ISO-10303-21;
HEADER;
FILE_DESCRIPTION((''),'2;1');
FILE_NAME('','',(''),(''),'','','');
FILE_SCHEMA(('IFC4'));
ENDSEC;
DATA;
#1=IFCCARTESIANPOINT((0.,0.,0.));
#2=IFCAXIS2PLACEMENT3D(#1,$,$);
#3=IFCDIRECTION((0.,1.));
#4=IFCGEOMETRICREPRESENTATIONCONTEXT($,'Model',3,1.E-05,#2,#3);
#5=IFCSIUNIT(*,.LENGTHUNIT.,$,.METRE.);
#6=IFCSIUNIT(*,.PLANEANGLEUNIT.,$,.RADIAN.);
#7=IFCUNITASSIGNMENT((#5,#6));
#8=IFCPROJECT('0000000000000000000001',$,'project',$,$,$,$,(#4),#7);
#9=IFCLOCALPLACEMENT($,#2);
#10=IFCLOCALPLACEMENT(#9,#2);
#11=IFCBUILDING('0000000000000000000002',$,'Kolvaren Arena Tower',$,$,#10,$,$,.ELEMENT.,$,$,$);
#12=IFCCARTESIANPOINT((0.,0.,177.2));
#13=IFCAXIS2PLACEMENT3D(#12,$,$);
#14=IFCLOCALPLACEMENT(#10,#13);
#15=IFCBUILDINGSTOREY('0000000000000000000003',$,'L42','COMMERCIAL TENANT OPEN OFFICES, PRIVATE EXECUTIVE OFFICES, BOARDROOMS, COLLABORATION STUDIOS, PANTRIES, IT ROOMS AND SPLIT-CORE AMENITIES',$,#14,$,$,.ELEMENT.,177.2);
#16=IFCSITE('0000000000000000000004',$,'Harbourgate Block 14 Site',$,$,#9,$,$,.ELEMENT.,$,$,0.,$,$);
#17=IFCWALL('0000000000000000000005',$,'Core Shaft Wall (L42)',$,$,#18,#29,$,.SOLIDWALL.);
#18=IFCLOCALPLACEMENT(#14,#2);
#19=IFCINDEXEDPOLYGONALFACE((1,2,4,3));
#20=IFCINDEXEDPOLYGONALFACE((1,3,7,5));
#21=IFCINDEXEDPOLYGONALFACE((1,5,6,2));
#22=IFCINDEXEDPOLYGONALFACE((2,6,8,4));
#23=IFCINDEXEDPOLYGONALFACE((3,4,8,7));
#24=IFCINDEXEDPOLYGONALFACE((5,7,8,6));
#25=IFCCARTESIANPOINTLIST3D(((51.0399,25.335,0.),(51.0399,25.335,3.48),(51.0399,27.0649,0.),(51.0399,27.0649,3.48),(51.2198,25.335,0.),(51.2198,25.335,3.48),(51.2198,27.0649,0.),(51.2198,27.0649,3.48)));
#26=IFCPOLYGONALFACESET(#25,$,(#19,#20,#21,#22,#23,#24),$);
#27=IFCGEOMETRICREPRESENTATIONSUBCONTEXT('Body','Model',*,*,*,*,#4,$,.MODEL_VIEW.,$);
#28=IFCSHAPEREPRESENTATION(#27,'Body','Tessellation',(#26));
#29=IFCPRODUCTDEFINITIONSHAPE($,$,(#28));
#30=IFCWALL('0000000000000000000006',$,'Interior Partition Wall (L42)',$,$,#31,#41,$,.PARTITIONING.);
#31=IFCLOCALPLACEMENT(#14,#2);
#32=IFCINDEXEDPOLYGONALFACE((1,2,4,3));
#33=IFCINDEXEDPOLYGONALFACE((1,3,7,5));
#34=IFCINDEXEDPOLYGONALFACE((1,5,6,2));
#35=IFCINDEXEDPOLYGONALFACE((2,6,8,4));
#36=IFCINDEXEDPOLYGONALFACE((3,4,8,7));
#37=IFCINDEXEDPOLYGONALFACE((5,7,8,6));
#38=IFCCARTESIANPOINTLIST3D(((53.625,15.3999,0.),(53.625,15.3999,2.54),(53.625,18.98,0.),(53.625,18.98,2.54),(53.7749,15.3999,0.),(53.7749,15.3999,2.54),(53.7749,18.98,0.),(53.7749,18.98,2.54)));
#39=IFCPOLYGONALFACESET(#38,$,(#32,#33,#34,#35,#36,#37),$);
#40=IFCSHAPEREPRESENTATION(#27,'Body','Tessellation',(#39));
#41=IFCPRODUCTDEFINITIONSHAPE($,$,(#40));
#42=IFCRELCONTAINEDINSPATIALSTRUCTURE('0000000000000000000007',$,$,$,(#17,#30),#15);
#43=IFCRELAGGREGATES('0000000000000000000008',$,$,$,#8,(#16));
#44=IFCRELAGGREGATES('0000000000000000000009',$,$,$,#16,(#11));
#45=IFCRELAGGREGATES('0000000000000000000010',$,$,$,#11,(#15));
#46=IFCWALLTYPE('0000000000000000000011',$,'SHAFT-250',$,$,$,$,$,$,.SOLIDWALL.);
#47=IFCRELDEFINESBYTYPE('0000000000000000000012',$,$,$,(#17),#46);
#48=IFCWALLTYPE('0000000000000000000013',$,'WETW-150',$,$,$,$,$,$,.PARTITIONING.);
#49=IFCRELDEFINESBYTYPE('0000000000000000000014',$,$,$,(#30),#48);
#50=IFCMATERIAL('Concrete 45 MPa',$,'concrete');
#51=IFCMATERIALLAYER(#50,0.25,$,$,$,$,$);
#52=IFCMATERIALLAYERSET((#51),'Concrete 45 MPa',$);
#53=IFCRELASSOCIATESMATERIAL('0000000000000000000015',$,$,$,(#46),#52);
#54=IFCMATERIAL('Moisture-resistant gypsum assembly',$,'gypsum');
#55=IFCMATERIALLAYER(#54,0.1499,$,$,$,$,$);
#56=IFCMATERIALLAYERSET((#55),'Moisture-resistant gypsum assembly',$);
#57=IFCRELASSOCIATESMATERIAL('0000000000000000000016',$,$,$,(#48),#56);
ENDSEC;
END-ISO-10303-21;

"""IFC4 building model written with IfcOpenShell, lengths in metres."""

from ifc_helpers import new_model, si_unit, direction, frame, frame_2d, origin, place, context, subcontext, project, spatial, rectangle, extrude, material, layer, layer_set, type_object, element, save


model = new_model("IFC4")

# Units and contexts
model_context = context("Model", 3, precision=1e-05, world=origin(), true_north=direction((0.0, 1.0)))
body_context = subcontext(model_context, "Body", "Model", "MODEL_VIEW")
ifc_project = project(units=[si_unit("LENGTHUNIT", "METRE"), si_unit("PLANEANGLEUNIT", "RADIAN")], contexts=[model_context])

# Site, building, storey
site_placement = place(None, origin())
site = spatial("IfcSite", under=ifc_project, at=site_placement, Name="Harbourgate Block 14 Site", CompositionType="ELEMENT", RefElevation=0.0)
building_placement = place(site_placement, origin())
building = spatial("IfcBuilding", under=site, at=building_placement, Name="Kolvaren Arena Tower", CompositionType="ELEMENT")
storey_placement = place(building_placement, frame((0.0, 0.0, 177.2)))
storey = spatial("IfcBuildingStorey", under=building, at=storey_placement, Name="L42", Description="COMMERCIAL TENANT OPEN OFFICES, PRIVATE EXECUTIVE OFFICES, BOARDROOMS, COLLABORATION STUDIOS, PANTRIES, IT ROOMS AND SPLIT-CORE AMENITIES", CompositionType="ELEMENT", Elevation=177.2)

# Shared definitions
ifc_material_1 = material(Name="Concrete 45 MPa", Category="concrete")
ifc_layer_1 = layer(ifc_material_1, 0.25)
ifc_layer_set_1 = layer_set([ifc_layer_1], Name="Concrete 45 MPa")
wall_type_1 = type_object("IfcWallType", Name="SHAFT-250", PredefinedType="SOLIDWALL", material=ifc_layer_set_1)

# Walls
wall_1_placement = place(storey_placement, frame((51.1299, 25.335, 0.0), z_axis=(0.0, 0.0, 1.0), x_axis=(0.0, 1.0, 0.0)))
element("IfcWall", 1, at=wall_1_placement, inside=storey, type_object=wall_type_1, Name="Core Shaft Wall (L42)", PredefinedType="SOLIDWALL", context=body_context, shape_type="SweptSolid", body=[
    extrude(rectangle(XDim=1.73, YDim=0.1799, at=frame_2d((0.865, 0.0))), origin(), (0.0, 0.0, 1.0), 3.48),
])
ifc_material_2 = material(Name="Moisture-resistant gypsum assembly", Category="gypsum")
ifc_layer_2 = layer(ifc_material_2, 0.1499)
ifc_layer_set_2 = layer_set([ifc_layer_2], Name="Moisture-resistant gypsum assembly")
wall_type_2 = type_object("IfcWallType", Name="WETW-150", PredefinedType="PARTITIONING", material=ifc_layer_set_2)
wall_2_placement = place(storey_placement, frame((53.7, 15.3999, 0.0), z_axis=(0.0, 0.0, 1.0), x_axis=(0.0, 1.0, 0.0)))
element("IfcWall", 2, at=wall_2_placement, inside=storey, type_object=wall_type_2, Name="Interior Partition Wall (L42)", PredefinedType="PARTITIONING", context=body_context, shape_type="SweptSolid", body=[
    extrude(rectangle(XDim=3.5801, YDim=0.1499, at=frame_2d((1.79, 0.0))), origin(), (0.0, 0.0, 1.0), 2.54),
])

save(model, "model.ifc")
